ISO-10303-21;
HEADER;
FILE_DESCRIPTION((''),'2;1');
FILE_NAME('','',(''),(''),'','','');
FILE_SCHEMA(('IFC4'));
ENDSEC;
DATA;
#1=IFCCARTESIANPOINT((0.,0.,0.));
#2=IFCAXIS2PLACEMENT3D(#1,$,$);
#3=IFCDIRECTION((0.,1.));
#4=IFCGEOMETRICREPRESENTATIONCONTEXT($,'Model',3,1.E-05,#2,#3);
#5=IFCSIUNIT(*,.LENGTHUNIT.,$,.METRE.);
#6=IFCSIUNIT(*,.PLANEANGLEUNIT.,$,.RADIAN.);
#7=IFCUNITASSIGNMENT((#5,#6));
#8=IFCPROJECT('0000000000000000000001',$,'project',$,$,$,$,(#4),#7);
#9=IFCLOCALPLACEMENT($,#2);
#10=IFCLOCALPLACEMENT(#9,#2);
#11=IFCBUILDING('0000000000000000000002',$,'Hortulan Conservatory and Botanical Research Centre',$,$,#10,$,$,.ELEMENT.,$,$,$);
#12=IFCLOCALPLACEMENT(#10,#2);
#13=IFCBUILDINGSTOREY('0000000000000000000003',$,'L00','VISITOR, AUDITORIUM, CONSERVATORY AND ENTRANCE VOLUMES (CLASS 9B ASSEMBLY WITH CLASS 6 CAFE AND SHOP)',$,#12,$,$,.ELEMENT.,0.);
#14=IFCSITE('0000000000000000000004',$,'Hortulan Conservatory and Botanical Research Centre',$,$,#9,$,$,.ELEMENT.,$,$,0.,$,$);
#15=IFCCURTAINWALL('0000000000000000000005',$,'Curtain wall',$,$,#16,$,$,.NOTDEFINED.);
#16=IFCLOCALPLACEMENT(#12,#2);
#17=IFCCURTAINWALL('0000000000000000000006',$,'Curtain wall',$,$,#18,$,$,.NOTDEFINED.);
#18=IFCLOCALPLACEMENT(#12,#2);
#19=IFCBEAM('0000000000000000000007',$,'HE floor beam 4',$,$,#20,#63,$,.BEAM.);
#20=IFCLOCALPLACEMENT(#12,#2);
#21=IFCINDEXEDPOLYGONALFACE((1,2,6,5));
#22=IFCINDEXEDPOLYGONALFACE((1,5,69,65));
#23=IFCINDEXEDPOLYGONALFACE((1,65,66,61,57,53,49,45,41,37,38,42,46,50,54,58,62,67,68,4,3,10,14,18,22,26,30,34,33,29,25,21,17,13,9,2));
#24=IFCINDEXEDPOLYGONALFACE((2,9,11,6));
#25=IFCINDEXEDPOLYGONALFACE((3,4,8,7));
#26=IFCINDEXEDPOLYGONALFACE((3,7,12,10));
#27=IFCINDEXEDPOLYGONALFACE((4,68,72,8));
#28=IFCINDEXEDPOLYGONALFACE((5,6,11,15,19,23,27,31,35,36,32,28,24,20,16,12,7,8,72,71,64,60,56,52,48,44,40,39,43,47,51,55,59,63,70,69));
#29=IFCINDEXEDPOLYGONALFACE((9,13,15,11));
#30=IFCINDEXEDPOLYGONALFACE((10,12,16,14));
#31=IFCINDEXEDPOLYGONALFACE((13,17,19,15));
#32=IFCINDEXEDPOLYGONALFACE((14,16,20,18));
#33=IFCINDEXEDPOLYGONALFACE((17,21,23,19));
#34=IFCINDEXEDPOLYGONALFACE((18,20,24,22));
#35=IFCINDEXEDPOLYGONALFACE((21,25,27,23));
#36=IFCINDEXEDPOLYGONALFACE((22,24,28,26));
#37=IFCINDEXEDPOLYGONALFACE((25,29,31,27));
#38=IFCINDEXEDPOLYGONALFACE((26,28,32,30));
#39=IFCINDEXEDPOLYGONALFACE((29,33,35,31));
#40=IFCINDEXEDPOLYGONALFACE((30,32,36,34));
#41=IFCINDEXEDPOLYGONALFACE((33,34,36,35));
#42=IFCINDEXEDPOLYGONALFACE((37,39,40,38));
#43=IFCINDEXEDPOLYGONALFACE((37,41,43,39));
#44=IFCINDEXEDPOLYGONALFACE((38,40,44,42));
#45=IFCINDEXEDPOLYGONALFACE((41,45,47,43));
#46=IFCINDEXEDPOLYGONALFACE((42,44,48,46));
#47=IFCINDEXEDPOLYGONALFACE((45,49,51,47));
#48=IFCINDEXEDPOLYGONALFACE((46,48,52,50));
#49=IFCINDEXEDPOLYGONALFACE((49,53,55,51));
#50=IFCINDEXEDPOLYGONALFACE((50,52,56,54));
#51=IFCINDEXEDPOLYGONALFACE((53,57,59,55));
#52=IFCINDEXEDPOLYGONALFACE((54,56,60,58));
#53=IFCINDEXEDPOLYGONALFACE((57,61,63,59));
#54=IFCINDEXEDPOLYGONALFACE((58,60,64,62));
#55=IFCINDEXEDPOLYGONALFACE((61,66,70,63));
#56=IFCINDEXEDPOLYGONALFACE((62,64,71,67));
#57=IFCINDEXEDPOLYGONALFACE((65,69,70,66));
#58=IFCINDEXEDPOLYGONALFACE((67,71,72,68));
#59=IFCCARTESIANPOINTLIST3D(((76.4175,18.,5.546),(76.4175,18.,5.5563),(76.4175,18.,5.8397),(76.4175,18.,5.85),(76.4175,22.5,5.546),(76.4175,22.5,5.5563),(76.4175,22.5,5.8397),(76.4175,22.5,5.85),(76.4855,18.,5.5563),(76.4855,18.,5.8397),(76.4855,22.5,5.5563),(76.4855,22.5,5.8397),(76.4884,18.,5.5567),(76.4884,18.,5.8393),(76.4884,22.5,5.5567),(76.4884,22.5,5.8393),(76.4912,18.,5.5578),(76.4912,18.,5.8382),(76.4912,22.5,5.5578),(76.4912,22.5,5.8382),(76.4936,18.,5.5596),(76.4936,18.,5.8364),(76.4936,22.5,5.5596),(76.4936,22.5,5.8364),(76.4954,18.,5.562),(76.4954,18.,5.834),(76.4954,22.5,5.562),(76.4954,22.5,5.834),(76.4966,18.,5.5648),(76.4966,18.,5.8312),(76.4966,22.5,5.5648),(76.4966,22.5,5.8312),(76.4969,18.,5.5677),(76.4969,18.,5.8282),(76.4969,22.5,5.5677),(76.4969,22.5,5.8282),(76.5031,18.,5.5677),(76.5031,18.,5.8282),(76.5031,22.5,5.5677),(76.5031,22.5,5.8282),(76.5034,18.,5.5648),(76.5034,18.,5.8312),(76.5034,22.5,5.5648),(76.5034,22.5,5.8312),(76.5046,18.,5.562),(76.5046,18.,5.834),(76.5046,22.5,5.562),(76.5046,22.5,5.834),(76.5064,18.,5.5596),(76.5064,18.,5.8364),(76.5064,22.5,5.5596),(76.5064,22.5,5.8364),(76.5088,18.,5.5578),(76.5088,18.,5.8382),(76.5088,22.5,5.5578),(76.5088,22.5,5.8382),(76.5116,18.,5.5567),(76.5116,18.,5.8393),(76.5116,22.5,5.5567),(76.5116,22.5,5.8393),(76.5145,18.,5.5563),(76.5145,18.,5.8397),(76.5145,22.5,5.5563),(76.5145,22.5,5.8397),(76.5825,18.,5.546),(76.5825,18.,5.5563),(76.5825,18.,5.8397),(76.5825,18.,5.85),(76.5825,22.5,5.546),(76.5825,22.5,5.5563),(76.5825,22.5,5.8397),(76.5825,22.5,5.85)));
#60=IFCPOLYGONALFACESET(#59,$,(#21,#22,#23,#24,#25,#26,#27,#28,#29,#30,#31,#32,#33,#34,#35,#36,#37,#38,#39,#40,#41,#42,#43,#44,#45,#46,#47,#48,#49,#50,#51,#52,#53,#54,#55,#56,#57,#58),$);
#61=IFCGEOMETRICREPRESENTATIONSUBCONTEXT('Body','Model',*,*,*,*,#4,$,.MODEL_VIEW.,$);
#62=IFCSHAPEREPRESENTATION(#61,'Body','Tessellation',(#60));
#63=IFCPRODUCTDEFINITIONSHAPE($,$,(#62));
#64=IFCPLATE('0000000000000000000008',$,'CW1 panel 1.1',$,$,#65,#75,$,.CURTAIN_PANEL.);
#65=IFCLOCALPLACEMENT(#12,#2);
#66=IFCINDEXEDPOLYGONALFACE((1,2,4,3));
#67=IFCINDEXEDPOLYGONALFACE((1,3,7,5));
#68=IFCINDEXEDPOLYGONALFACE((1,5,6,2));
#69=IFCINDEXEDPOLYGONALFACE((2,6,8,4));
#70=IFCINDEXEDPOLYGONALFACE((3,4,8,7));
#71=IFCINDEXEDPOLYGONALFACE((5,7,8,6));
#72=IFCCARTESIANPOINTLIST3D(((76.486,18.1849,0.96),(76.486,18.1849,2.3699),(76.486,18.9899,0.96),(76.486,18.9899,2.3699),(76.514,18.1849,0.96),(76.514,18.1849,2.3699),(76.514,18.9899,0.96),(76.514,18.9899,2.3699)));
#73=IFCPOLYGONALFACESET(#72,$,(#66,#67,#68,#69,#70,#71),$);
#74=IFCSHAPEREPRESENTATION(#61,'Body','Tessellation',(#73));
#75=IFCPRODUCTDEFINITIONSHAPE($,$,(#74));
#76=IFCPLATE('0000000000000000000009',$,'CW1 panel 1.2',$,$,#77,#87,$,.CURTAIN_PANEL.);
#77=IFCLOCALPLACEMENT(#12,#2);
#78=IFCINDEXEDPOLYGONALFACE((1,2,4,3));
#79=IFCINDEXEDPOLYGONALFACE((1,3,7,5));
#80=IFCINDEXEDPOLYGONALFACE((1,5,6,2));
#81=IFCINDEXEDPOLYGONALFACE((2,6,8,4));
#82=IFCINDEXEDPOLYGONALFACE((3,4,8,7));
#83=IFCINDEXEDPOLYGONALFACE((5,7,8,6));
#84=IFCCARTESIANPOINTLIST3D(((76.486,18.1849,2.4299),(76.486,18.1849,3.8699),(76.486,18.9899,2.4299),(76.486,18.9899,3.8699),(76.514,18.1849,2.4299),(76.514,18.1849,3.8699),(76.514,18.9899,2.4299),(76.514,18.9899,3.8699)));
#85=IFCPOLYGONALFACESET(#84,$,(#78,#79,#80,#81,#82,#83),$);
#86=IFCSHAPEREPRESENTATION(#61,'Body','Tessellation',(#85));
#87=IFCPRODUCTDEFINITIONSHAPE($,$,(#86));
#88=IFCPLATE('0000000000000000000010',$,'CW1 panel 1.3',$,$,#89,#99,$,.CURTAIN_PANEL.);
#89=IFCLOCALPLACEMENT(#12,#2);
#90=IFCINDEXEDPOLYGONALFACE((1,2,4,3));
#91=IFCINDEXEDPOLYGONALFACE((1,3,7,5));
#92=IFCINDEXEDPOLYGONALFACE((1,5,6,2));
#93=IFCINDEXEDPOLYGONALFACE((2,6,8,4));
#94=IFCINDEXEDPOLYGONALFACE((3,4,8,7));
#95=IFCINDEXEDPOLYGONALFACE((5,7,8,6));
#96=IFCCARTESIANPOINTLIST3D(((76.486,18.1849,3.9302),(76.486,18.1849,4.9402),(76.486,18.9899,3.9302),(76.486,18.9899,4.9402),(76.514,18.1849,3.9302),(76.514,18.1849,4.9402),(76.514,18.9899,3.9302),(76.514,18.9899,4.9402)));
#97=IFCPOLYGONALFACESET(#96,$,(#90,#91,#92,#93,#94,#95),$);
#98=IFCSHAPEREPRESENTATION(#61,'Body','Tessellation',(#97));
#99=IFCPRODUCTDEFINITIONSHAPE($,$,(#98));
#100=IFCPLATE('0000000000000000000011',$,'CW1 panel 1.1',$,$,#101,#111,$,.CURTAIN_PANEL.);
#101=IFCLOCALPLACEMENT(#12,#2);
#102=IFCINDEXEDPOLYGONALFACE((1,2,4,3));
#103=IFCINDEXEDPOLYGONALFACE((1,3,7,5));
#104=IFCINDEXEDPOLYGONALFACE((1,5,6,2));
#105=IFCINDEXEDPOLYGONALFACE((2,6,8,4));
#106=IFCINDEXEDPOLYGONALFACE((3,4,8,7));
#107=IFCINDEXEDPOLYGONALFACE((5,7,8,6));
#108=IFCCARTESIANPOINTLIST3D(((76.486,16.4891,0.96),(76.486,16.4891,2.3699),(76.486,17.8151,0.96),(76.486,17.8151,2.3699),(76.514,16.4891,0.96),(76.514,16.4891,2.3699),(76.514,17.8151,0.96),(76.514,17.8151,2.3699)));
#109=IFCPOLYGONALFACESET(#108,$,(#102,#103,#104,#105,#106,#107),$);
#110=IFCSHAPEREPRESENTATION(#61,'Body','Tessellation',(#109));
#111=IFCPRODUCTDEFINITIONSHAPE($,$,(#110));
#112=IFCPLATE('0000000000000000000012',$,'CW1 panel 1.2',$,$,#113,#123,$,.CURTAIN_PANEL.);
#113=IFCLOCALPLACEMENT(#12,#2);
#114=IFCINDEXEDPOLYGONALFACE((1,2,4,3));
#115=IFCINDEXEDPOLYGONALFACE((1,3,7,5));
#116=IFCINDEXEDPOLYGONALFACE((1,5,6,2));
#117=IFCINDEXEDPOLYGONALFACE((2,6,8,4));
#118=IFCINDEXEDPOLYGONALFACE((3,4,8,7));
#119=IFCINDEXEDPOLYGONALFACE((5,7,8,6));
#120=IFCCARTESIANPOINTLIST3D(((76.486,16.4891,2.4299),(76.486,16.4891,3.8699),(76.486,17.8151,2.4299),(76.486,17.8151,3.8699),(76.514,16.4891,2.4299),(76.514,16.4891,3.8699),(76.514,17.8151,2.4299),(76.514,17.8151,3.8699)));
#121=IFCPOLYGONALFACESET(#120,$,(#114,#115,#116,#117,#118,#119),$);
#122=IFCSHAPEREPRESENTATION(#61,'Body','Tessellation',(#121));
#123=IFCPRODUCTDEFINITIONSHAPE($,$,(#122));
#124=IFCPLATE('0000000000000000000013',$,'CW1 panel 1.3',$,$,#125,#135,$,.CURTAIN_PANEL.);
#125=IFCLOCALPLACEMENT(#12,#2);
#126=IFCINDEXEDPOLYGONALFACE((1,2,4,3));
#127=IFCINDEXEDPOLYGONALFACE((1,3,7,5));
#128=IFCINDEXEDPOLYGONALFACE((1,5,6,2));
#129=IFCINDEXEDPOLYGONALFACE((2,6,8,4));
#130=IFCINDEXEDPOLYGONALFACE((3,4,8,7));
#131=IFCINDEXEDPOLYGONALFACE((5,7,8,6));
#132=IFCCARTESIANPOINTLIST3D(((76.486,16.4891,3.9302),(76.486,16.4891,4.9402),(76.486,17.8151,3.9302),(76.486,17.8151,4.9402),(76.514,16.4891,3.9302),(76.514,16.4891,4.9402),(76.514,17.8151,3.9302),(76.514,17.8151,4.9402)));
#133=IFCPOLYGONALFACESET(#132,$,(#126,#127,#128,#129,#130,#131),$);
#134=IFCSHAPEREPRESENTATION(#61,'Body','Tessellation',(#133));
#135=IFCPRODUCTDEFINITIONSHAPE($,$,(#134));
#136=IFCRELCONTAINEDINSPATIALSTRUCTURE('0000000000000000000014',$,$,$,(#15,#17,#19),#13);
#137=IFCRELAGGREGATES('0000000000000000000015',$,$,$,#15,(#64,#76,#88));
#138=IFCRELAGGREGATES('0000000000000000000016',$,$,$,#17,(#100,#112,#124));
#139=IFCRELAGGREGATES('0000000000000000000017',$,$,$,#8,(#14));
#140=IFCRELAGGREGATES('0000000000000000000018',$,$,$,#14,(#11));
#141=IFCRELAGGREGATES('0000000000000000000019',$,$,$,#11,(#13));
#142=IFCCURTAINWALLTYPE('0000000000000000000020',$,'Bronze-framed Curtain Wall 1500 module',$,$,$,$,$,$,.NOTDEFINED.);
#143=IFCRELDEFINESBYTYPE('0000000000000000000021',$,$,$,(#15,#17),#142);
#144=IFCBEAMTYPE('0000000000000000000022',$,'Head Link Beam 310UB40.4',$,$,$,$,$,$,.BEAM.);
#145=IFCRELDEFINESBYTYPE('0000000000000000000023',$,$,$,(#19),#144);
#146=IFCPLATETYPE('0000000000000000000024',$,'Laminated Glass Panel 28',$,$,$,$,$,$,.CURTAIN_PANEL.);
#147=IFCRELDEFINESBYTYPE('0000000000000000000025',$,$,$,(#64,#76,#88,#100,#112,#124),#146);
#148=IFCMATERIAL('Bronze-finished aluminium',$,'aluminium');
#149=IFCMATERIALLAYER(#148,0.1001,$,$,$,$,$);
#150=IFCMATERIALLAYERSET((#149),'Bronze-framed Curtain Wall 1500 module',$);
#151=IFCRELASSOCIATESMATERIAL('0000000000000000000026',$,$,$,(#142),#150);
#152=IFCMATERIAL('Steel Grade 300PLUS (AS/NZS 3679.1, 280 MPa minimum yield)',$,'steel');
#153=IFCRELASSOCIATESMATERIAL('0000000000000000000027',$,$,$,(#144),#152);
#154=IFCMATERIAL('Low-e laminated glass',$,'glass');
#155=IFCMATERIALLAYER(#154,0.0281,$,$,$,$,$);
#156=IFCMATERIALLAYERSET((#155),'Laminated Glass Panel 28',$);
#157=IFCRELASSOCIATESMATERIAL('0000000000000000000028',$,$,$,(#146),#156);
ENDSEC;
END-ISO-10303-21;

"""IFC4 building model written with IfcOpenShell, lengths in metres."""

from ifc_helpers import new_model, si_unit, direction, frame, origin, origin_2d, place, context, subcontext, project, spatial, rectangle, i_section, extrude, material, layer, layer_set, material_profile, profile_set, type_object, element, aggregate, save


model = new_model("IFC4")

# Units and contexts
model_context = context("Model", 3, precision=1e-05, world=origin(), true_north=direction((0.0, 1.0)))
body_context = subcontext(model_context, "Body", "Model", "MODEL_VIEW")
ifc_project = project(units=[si_unit("LENGTHUNIT", "METRE"), si_unit("PLANEANGLEUNIT", "RADIAN")], contexts=[model_context])

# Site, building, storey
site_placement = place(None, origin())
site = spatial("IfcSite", under=ifc_project, at=site_placement, Name="Hortulan Conservatory and Botanical Research Centre", CompositionType="ELEMENT", RefElevation=0.0)
building_placement = place(site_placement, origin())
building = spatial("IfcBuilding", under=site, at=building_placement, Name="Hortulan Conservatory and Botanical Research Centre", CompositionType="ELEMENT")
storey_placement = place(building_placement, origin())
storey = spatial("IfcBuildingStorey", under=building, at=storey_placement, Name="L00", Description="VISITOR, AUDITORIUM, CONSERVATORY AND ENTRANCE VOLUMES (CLASS 9B ASSEMBLY WITH CLASS 6 CAFE AND SHOP)", CompositionType="ELEMENT", Elevation=0.0)

# Curtain walls
ifc_material_1 = material(Name="Bronze-finished aluminium", Category="aluminium")
ifc_layer_1 = layer(ifc_material_1, 0.1001)
ifc_layer_set_1 = layer_set([ifc_layer_1], Name="Bronze-framed Curtain Wall 1500 module")
curtain_wall_type = type_object("IfcCurtainWallType", Name="Bronze-framed Curtain Wall 1500 module", PredefinedType="NOTDEFINED", material=ifc_layer_set_1)
curtain_wall_1_placement = place(storey_placement, origin())
curtain_wall_1 = element("IfcCurtainWall", 1, at=curtain_wall_1_placement, inside=storey, type_object=curtain_wall_type, Name="Curtain wall", PredefinedType="NOTDEFINED")
curtain_wall_2_placement = place(storey_placement, origin())
curtain_wall_2 = element("IfcCurtainWall", 2, at=curtain_wall_2_placement, inside=storey, type_object=curtain_wall_type, Name="Curtain wall", PredefinedType="NOTDEFINED")

# Beam
ifc_material_2 = material(Name="Steel Grade 300PLUS (AS/NZS 3679.1, 280 MPa minimum yield)", Category="steel")
ifc_material_profile_1 = material_profile(ifc_material_2, i_section(OverallWidth=0.165, OverallDepth=0.304, WebThickness=0.0061, FlangeThickness=0.0103, FilletRadius=0.0115, at=origin_2d()), Name="310UB40.4")
ifc_profile_set_1 = profile_set([ifc_material_profile_1], Name="Steel Grade 300PLUS (AS/NZS 3679.1, 280 MPa minimum yield)")
beam_type_1 = type_object("IfcBeamType", Name="Head Link Beam 310UB40.4", PredefinedType="BEAM", material=ifc_profile_set_1)
beam_1_placement = place(storey_placement, frame((76.5, 18.0, 5.698), z_axis=(0.0, 1.0, 0.0), x_axis=(-1.0, 0.0, 0.0)))
element("IfcBeam", 3, at=beam_1_placement, inside=storey, type_object=beam_type_1, Name="HE floor beam 4", PredefinedType="BEAM", context=body_context, shape_type="SweptSolid", body=[
    extrude(i_section(OverallWidth=0.165, OverallDepth=0.304, WebThickness=0.0061, FlangeThickness=0.0103, FilletRadius=0.0115, at=origin_2d()), origin(), (0.0, 0.0, 1.0), 4.5),
])

# Plates
ifc_material_3 = material(Name="Low-e laminated glass", Category="glass")
ifc_layer_2 = layer(ifc_material_3, 0.0281)
ifc_layer_set_2 = layer_set([ifc_layer_2], Name="Laminated Glass Panel 28")
plate_type = type_object("IfcPlateType", Name="Laminated Glass Panel 28", PredefinedType="CURTAIN_PANEL", material=ifc_layer_set_2)
plate_1_placement = place(storey_placement, frame((76.5, 18.5874, 0.96), z_axis=(0.0, 0.0, 1.0), x_axis=(0.0, -1.0, 0.0)))
plate_1 = element("IfcPlate", 4, at=plate_1_placement, type_object=plate_type, Name="CW1 panel 1.1", PredefinedType="CURTAIN_PANEL", context=body_context, shape_type="SweptSolid", body=[
    extrude(rectangle(XDim=0.8049, YDim=0.0281, at=origin_2d()), origin(), (0.0, 0.0, 1.0), 1.4099),
])
plate_2_placement = place(storey_placement, frame((76.5, 18.5874, 2.4299), z_axis=(0.0, 0.0, 1.0), x_axis=(0.0, -1.0, 0.0)))
plate_2 = element("IfcPlate", 5, at=plate_2_placement, type_object=plate_type, Name="CW1 panel 1.2", PredefinedType="CURTAIN_PANEL", context=body_context, shape_type="SweptSolid", body=[
    extrude(rectangle(XDim=0.8049, YDim=0.0281, at=origin_2d()), origin(), (0.0, 0.0, 1.0), 1.4399),
])
plate_3_placement = place(storey_placement, frame((76.5, 18.5874, 3.9302), z_axis=(0.0, 0.0, 1.0), x_axis=(0.0, -1.0, 0.0)))
plate_3 = element("IfcPlate", 6, at=plate_3_placement, type_object=plate_type, Name="CW1 panel 1.3", PredefinedType="CURTAIN_PANEL", context=body_context, shape_type="SweptSolid", body=[
    extrude(rectangle(XDim=0.8049, YDim=0.0281, at=origin_2d()), origin(), (0.0, 0.0, 1.0), 1.01),
])
aggregate(curtain_wall_1, [plate_1, plate_2, plate_3])
plate_4_placement = place(storey_placement, frame((76.5, 17.1521, 0.96), z_axis=(0.0, 0.0, 1.0), x_axis=(0.0, -1.0, 0.0)))
plate_4 = element("IfcPlate", 7, at=plate_4_placement, type_object=plate_type, Name="CW1 panel 1.1", PredefinedType="CURTAIN_PANEL", context=body_context, shape_type="SweptSolid", body=[
    extrude(rectangle(XDim=1.3259, YDim=0.0281, at=origin_2d()), origin(), (0.0, 0.0, 1.0), 1.4099),
])
plate_5_placement = place(storey_placement, frame((76.5, 17.1521, 2.4299), z_axis=(0.0, 0.0, 1.0), x_axis=(0.0, -1.0, 0.0)))
plate_5 = element("IfcPlate", 8, at=plate_5_placement, type_object=plate_type, Name="CW1 panel 1.2", PredefinedType="CURTAIN_PANEL", context=body_context, shape_type="SweptSolid", body=[
    extrude(rectangle(XDim=1.3259, YDim=0.0281, at=origin_2d()), origin(), (0.0, 0.0, 1.0), 1.4399),
])
plate_6_placement = place(storey_placement, frame((76.5, 17.1521, 3.9302), z_axis=(0.0, 0.0, 1.0), x_axis=(0.0, -1.0, 0.0)))
plate_6 = element("IfcPlate", 9, at=plate_6_placement, type_object=plate_type, Name="CW1 panel 1.3", PredefinedType="CURTAIN_PANEL", context=body_context, shape_type="SweptSolid", body=[
    extrude(rectangle(XDim=1.3259, YDim=0.0281, at=origin_2d()), origin(), (0.0, 0.0, 1.0), 1.01),
])
aggregate(curtain_wall_2, [plate_4, plate_5, plate_6])

save(model, "model.ifc")
